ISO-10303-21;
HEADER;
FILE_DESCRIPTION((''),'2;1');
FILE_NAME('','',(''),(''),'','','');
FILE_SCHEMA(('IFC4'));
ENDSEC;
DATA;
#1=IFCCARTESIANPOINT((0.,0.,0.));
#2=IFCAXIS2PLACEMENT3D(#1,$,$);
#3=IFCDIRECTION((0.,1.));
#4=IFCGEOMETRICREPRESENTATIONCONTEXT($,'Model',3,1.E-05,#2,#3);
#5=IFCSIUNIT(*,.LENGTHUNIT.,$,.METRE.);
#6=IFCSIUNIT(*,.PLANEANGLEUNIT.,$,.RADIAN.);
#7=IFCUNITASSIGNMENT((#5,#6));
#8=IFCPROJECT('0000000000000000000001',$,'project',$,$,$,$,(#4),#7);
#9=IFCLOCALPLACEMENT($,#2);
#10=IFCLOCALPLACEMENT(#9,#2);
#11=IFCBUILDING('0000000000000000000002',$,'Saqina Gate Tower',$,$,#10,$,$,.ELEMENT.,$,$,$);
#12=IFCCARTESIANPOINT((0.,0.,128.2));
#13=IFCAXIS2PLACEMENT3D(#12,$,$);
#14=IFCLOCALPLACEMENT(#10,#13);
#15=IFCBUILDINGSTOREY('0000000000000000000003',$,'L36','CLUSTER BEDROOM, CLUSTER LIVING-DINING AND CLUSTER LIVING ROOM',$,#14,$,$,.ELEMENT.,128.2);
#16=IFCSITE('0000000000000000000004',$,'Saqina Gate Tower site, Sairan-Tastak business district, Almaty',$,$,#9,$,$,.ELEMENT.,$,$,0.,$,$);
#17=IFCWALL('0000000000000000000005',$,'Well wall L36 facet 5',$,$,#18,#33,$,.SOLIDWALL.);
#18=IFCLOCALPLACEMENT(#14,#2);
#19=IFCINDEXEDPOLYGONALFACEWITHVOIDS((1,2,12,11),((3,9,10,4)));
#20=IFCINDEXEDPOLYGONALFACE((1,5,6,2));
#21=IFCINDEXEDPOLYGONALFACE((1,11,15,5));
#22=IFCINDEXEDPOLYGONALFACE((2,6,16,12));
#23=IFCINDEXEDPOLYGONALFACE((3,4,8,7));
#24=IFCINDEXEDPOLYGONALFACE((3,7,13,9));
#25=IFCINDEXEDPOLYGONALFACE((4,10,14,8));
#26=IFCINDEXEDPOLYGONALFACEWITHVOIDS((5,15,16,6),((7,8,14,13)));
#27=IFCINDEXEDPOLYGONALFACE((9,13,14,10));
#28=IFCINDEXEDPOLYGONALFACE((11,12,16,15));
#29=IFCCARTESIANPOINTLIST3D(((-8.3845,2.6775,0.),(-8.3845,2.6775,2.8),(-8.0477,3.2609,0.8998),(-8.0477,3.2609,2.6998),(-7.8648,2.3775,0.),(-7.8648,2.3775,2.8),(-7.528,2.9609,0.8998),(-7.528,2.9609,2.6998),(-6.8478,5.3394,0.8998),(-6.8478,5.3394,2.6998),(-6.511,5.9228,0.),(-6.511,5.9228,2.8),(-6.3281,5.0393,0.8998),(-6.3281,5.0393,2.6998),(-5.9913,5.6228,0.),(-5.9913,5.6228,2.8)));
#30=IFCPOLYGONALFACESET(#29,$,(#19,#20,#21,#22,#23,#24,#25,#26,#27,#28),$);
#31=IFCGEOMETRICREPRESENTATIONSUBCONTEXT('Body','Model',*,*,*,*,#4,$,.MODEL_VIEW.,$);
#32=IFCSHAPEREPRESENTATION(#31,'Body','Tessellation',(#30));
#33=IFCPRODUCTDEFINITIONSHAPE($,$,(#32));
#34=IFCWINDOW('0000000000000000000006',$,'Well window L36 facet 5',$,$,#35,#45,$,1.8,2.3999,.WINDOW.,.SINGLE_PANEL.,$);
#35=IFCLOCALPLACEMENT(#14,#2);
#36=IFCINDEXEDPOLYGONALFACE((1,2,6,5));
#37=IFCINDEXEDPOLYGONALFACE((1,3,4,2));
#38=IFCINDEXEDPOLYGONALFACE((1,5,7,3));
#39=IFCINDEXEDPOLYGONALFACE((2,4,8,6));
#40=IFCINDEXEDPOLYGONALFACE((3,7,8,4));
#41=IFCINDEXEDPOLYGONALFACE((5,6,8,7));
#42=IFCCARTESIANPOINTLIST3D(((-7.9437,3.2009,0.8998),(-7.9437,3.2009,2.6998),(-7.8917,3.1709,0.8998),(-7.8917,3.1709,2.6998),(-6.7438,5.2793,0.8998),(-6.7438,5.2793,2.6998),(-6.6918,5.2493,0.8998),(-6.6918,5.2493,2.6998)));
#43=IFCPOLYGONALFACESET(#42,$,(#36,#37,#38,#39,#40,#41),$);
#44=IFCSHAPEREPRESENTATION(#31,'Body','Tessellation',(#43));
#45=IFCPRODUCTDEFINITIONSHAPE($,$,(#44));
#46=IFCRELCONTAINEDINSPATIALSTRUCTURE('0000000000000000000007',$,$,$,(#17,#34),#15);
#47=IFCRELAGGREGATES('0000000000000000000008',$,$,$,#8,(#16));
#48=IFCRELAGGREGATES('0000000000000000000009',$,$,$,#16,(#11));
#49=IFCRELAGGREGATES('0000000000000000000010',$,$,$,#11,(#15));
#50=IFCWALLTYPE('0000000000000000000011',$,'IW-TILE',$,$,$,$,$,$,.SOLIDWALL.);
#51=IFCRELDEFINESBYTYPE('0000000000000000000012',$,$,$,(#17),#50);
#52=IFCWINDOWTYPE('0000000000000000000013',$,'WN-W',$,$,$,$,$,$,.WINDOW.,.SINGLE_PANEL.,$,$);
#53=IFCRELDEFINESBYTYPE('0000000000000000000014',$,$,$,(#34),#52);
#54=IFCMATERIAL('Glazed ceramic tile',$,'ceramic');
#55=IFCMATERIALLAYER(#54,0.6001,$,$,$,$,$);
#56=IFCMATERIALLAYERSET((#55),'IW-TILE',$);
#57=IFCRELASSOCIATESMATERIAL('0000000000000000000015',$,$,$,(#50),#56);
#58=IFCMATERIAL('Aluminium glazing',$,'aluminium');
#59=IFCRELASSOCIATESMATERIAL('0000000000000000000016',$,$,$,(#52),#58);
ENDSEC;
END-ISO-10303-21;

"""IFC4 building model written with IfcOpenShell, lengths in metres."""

from ifc_helpers import new_model, si_unit, direction, frame, frame_2d, origin, place, context, subcontext, project, spatial, rectangle, extrude, material, layer, layer_set, type_object, element, fill, save


model = new_model("IFC4")

# Units and contexts
model_context = context("Model", 3, precision=1e-05, world=origin(), true_north=direction((0.0, 1.0)))
body_context = subcontext(model_context, "Body", "Model", "MODEL_VIEW")
ifc_project = project(units=[si_unit("LENGTHUNIT", "METRE"), si_unit("PLANEANGLEUNIT", "RADIAN")], contexts=[model_context])

# Site, building, storey
site_placement = place(None, origin())
site = spatial("IfcSite", under=ifc_project, at=site_placement, Name="Saqina Gate Tower site, Sairan-Tastak business district, Almaty", CompositionType="ELEMENT", RefElevation=0.0)
building_placement = place(site_placement, origin())
building = spatial("IfcBuilding", under=site, at=building_placement, Name="Saqina Gate Tower", CompositionType="ELEMENT")
storey_placement = place(building_placement, frame((0.0, 0.0, 128.2)))
storey = spatial("IfcBuildingStorey", under=building, at=storey_placement, Name="L36", Description="CLUSTER BEDROOM, CLUSTER LIVING-DINING AND CLUSTER LIVING ROOM", CompositionType="ELEMENT", Elevation=128.2)

# Wall, opening, window
ifc_material_1 = material(Name="Glazed ceramic tile", Category="ceramic")
ifc_layer = layer(ifc_material_1, 0.6001)
ifc_layer_set = layer_set([ifc_layer], Name="IW-TILE")
wall_type_1 = type_object("IfcWallType", Name="IW-TILE", PredefinedType="SOLIDWALL", material=ifc_layer_set)
wall_1_placement = place(storey_placement, frame((-6.2512, 5.7727, 0.0), z_axis=(0.0, 0.0, 1.0), x_axis=(-0.499965, -0.866046, 0.0)))
wall_1 = element("IfcWall", 1, at=wall_1_placement, inside=storey, type_object=wall_type_1, Name="Well wall L36 facet 5", PredefinedType="SOLIDWALL", context=body_context, shape_type="SweptSolid", body=[
    extrude(rectangle(XDim=3.7473, YDim=0.6001, at=frame_2d((1.8735, 0.0))), origin(), (0.0, 0.0, 1.0), 2.8),
])
opening_placement = place(wall_1_placement, frame((0.6736, 0.0, 0.8999)))
opening = element("IfcOpeningElement", 2, at=opening_placement, cuts=wall_1, PredefinedType="OPENING", context=body_context, shape_type="SweptSolid", body=[
    extrude(rectangle(XDim=2.3999, YDim=1.8, at=frame_2d((1.2, 0.8999))), frame((0.0, 0.312, 0.0), z_axis=(0.0, -1.0, 0.0), x_axis=(1.0, 0.0, 0.0)), (0.0, 0.0, 1.0), 0.624),
])
ifc_material_2 = material(Name="Aluminium glazing", Category="aluminium")
window_type = type_object("IfcWindowType", Name="WN-W", PartitioningType="SINGLE_PANEL", PredefinedType="WINDOW", material=ifc_material_2)
window_placement = place(opening_placement, origin())
window = element("IfcWindow", 3, at=window_placement, inside=storey, type_object=window_type, Name="Well window L36 facet 5", OverallHeight=1.8, OverallWidth=2.3999, PartitioningType="SINGLE_PANEL", PredefinedType="WINDOW", context=body_context, shape_type="SweptSolid", body=[
    extrude(rectangle(XDim=2.3999, YDim=1.8, at=frame_2d((1.2, 0.8999))), frame((0.0, -0.1199, 0.0), z_axis=(0.0, -1.0, 0.0), x_axis=(1.0, 0.0, 0.0)), (0.0, 0.0, 1.0), 0.0601),
])
fill(opening, window)

save(model, "model.ifc")
